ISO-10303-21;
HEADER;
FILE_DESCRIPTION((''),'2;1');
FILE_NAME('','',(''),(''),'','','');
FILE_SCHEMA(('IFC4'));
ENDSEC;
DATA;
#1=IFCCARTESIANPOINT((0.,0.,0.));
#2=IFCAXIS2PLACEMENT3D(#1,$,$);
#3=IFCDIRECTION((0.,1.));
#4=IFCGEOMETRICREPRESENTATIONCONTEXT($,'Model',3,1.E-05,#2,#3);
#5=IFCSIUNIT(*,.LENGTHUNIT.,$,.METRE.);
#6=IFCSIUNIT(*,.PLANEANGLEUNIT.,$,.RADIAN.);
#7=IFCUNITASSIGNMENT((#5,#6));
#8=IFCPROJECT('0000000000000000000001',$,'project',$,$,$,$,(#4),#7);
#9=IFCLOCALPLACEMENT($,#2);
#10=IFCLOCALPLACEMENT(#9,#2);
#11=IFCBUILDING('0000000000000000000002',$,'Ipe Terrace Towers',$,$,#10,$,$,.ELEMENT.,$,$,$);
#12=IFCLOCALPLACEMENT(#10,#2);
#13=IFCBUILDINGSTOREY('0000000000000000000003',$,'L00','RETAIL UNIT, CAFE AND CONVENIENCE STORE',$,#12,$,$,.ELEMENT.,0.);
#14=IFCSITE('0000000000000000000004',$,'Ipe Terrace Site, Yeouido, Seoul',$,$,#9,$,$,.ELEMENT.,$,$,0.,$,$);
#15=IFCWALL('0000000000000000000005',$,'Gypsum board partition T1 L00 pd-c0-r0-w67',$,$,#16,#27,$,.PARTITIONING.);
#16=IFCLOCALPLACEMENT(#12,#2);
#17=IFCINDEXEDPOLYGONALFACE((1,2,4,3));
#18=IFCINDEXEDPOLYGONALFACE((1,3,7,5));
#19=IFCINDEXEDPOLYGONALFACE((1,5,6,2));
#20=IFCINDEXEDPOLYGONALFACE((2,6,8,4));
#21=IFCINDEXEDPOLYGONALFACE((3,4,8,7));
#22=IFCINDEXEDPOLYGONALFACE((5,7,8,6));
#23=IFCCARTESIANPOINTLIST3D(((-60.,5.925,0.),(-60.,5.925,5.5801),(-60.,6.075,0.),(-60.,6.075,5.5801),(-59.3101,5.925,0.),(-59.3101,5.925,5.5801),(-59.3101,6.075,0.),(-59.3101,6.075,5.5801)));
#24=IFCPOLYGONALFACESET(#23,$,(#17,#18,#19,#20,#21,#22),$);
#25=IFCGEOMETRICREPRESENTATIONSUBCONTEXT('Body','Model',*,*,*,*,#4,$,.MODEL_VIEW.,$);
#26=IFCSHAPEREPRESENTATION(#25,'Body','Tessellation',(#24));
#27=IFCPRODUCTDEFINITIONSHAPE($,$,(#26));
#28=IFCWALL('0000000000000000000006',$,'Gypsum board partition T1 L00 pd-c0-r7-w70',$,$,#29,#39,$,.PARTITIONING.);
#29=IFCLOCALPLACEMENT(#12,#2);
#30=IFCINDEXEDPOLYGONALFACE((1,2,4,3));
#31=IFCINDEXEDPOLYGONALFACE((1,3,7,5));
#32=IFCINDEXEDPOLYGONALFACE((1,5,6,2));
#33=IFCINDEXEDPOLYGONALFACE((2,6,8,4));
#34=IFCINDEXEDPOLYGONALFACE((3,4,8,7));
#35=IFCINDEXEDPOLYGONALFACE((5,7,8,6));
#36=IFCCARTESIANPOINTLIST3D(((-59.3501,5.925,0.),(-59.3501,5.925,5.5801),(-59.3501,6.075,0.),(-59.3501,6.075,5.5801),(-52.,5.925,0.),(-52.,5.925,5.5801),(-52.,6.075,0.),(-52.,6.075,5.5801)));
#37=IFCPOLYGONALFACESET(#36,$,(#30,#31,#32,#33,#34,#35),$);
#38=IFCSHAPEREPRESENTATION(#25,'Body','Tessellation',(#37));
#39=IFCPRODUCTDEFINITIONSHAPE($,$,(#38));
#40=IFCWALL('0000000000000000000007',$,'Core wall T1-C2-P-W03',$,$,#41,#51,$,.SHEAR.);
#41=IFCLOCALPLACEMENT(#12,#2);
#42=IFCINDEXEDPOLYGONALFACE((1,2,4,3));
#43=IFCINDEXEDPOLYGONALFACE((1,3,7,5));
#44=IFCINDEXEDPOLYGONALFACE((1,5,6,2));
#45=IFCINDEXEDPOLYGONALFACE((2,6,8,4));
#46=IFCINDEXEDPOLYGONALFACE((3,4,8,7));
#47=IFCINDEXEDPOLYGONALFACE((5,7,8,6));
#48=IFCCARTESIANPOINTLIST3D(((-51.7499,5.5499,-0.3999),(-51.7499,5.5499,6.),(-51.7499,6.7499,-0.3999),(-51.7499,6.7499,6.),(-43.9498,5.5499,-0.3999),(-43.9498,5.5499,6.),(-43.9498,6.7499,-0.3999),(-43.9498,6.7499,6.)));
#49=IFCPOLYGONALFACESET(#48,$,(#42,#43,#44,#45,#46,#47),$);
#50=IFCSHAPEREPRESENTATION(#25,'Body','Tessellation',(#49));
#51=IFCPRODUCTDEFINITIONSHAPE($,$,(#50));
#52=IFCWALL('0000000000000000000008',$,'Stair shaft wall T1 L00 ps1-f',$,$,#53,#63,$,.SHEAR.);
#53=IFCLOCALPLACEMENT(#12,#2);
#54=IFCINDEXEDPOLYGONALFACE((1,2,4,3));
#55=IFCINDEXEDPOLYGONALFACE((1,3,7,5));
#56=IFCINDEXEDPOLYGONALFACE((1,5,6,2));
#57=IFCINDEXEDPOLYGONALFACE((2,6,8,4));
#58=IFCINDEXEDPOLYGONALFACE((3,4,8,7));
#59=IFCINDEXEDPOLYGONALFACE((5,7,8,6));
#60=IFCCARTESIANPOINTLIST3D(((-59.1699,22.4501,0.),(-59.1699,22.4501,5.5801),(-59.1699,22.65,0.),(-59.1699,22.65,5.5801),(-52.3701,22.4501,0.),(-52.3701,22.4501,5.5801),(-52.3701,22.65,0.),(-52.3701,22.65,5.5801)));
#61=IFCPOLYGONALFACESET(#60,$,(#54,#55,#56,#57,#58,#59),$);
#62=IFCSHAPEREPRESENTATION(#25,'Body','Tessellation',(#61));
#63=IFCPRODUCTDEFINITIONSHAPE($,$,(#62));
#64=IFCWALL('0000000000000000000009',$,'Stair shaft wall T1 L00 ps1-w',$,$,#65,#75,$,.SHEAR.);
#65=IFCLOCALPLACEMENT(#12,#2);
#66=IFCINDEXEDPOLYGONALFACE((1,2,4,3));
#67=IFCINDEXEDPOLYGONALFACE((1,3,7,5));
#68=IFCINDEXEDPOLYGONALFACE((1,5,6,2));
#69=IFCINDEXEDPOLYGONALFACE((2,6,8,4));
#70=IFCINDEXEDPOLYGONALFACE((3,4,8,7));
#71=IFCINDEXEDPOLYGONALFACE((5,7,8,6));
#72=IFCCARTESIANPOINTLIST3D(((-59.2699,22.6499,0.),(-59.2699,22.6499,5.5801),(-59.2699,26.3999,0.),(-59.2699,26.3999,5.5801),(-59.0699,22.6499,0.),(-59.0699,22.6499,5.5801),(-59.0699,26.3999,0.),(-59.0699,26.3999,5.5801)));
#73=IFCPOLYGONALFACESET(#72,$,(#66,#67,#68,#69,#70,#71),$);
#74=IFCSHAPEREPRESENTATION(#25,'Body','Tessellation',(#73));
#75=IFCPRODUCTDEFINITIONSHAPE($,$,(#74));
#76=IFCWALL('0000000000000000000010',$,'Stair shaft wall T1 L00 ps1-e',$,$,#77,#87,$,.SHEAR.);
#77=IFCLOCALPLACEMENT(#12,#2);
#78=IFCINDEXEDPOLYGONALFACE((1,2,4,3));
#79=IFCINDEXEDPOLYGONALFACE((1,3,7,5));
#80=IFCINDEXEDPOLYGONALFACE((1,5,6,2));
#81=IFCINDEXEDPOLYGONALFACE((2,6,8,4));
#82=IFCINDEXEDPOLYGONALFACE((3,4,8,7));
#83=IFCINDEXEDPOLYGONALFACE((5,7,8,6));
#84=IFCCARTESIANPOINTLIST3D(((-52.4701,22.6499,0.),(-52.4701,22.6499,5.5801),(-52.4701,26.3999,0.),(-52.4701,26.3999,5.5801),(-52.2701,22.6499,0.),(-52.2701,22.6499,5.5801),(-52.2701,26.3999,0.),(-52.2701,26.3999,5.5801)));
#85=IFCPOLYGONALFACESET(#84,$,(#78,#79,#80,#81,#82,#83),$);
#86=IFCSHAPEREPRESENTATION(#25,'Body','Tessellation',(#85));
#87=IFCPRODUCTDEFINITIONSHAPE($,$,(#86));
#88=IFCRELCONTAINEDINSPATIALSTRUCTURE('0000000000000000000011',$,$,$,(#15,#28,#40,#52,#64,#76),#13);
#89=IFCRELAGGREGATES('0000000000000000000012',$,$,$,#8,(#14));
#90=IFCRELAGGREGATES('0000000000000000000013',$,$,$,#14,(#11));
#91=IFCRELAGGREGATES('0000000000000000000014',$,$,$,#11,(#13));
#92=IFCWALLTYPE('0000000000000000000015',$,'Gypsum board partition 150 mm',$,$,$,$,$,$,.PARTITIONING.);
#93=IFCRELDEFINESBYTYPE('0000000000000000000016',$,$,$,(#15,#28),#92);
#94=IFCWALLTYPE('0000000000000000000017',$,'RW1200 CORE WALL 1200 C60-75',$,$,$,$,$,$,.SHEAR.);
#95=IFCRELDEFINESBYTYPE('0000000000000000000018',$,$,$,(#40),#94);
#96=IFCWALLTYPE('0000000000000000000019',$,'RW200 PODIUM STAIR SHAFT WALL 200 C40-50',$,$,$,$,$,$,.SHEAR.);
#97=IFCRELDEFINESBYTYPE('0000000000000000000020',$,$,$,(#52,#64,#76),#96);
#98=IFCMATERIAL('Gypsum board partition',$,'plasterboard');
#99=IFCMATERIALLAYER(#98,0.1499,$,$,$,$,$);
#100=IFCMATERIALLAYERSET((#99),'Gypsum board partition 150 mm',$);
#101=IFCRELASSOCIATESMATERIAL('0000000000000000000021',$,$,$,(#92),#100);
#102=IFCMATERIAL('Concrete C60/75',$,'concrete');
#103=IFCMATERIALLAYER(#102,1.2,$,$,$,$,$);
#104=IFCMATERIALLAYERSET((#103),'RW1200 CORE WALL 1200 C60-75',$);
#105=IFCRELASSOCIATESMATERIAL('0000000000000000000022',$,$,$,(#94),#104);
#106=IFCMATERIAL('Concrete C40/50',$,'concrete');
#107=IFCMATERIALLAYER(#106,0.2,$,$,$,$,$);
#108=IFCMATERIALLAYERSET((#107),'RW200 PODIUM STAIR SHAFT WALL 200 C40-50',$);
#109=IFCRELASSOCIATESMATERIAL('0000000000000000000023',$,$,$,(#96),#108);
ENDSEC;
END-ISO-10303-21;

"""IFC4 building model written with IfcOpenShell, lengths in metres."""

from ifc_helpers import new_model, si_unit, direction, frame, frame_2d, origin, place, context, subcontext, project, spatial, rectangle, extrude, material, layer, layer_set, type_object, element, save


model = new_model("IFC4")

# Units and contexts
model_context = context("Model", 3, precision=1e-05, world=origin(), true_north=direction((0.0, 1.0)))
body_context = subcontext(model_context, "Body", "Model", "MODEL_VIEW")
ifc_project = project(units=[si_unit("LENGTHUNIT", "METRE"), si_unit("PLANEANGLEUNIT", "RADIAN")], contexts=[model_context])

# Site, building, storey
site_placement = place(None, origin())
site = spatial("IfcSite", under=ifc_project, at=site_placement, Name="Ipe Terrace Site, Yeouido, Seoul", CompositionType="ELEMENT", RefElevation=0.0)
building_placement = place(site_placement, origin())
building = spatial("IfcBuilding", under=site, at=building_placement, Name="Ipe Terrace Towers", CompositionType="ELEMENT")
storey_placement = place(building_placement, origin())
storey = spatial("IfcBuildingStorey", under=building, at=storey_placement, Name="L00", Description="RETAIL UNIT, CAFE AND CONVENIENCE STORE", CompositionType="ELEMENT", Elevation=0.0)

# Walls
ifc_material_1 = material(Name="Gypsum board partition", Category="plasterboard")
ifc_layer_1 = layer(ifc_material_1, 0.1499)
ifc_layer_set_1 = layer_set([ifc_layer_1], Name="Gypsum board partition 150 mm")
wall_type_1 = type_object("IfcWallType", Name="Gypsum board partition 150 mm", PredefinedType="PARTITIONING", material=ifc_layer_set_1)
wall_1_placement = place(storey_placement, frame((-59.3101, 6.0, 0.0), z_axis=(0.0, 0.0, 1.0), x_axis=(-1.0, 0.0, 0.0)))
element("IfcWall", 1, at=wall_1_placement, inside=storey, type_object=wall_type_1, Name="Gypsum board partition T1 L00 pd-c0-r0-w67", PredefinedType="PARTITIONING", context=body_context, shape_type="SweptSolid", body=[
    extrude(rectangle(XDim=0.6899, YDim=0.1499, at=frame_2d((0.345, 0.0))), origin(), (0.0, 0.0, 1.0), 5.5801),
])
wall_2_placement = place(storey_placement, frame((-52.0, 6.0, 0.0), z_axis=(0.0, 0.0, 1.0), x_axis=(-1.0, 0.0, 0.0)))
element("IfcWall", 2, at=wall_2_placement, inside=storey, type_object=wall_type_1, Name="Gypsum board partition T1 L00 pd-c0-r7-w70", PredefinedType="PARTITIONING", context=body_context, shape_type="SweptSolid", body=[
    extrude(rectangle(XDim=7.3501, YDim=0.1499, at=frame_2d((3.675, 0.0))), origin(), (0.0, 0.0, 1.0), 5.5801),
])
ifc_material_2 = material(Name="Concrete C60/75", Category="concrete")
ifc_layer_2 = layer(ifc_material_2, 1.2)
ifc_layer_set_2 = layer_set([ifc_layer_2], Name="RW1200 CORE WALL 1200 C60-75")
wall_type_2 = type_object("IfcWallType", Name="RW1200 CORE WALL 1200 C60-75", PredefinedType="SHEAR", material=ifc_layer_set_2)
wall_3_placement = place(storey_placement, frame((-43.95, 6.1499, -0.3999), z_axis=(0.0, 0.0, 1.0), x_axis=(-1.0, 0.0, 0.0)))
element("IfcWall", 3, at=wall_3_placement, inside=storey, type_object=wall_type_2, Name="Core wall T1-C2-P-W03", PredefinedType="SHEAR", context=body_context, shape_type="SweptSolid", body=[
    extrude(rectangle(XDim=7.8, YDim=1.2, at=frame_2d((3.8999, 0.0))), origin(), (0.0, 0.0, 1.0), 6.3999),
])
ifc_material_3 = material(Name="Concrete C40/50", Category="concrete")
ifc_layer_3 = layer(ifc_material_3, 0.2)
ifc_layer_set_3 = layer_set([ifc_layer_3], Name="RW200 PODIUM STAIR SHAFT WALL 200 C40-50")
wall_type_3 = type_object("IfcWallType", Name="RW200 PODIUM STAIR SHAFT WALL 200 C40-50", PredefinedType="SHEAR", material=ifc_layer_set_3)
wall_4_placement = place(storey_placement, frame((-59.1699, 22.55, 0.0), z_axis=(0.0, 0.0, 1.0), x_axis=(1.0, 0.0, 0.0)))
element("IfcWall", 4, at=wall_4_placement, inside=storey, type_object=wall_type_3, Name="Stair shaft wall T1 L00 ps1-f", PredefinedType="SHEAR", context=body_context, shape_type="SweptSolid", body=[
    extrude(rectangle(XDim=6.7998, YDim=0.2, at=frame_2d((3.3999, 0.0))), origin(), (0.0, 0.0, 1.0), 5.5801),
])
for number, where, z_axis, x_axis, name in (
    (5, (-59.1699, 22.6499, 0.0), (0.0, 0.0, 1.0), (0.0, 1.0, 0.0), "Stair shaft wall T1 L00 ps1-w"),
    (6, (-52.3701, 22.6499, 0.0), (0.0, 0.0, 1.0), (0.0, 1.0, 0.0), "Stair shaft wall T1 L00 ps1-e"),
):
    element("IfcWall", number, at=place(storey_placement, frame(where, z_axis=z_axis, x_axis=x_axis)), inside=storey, type_object=wall_type_3, Name=name, PredefinedType="SHEAR", context=body_context, shape_type="SweptSolid", body=[
        extrude(rectangle(XDim=3.75, YDim=0.2, at=frame_2d((1.875, 0.0))), origin(), (0.0, 0.0, 1.0), 5.5801),
    ])

save(model, "model.ifc")
